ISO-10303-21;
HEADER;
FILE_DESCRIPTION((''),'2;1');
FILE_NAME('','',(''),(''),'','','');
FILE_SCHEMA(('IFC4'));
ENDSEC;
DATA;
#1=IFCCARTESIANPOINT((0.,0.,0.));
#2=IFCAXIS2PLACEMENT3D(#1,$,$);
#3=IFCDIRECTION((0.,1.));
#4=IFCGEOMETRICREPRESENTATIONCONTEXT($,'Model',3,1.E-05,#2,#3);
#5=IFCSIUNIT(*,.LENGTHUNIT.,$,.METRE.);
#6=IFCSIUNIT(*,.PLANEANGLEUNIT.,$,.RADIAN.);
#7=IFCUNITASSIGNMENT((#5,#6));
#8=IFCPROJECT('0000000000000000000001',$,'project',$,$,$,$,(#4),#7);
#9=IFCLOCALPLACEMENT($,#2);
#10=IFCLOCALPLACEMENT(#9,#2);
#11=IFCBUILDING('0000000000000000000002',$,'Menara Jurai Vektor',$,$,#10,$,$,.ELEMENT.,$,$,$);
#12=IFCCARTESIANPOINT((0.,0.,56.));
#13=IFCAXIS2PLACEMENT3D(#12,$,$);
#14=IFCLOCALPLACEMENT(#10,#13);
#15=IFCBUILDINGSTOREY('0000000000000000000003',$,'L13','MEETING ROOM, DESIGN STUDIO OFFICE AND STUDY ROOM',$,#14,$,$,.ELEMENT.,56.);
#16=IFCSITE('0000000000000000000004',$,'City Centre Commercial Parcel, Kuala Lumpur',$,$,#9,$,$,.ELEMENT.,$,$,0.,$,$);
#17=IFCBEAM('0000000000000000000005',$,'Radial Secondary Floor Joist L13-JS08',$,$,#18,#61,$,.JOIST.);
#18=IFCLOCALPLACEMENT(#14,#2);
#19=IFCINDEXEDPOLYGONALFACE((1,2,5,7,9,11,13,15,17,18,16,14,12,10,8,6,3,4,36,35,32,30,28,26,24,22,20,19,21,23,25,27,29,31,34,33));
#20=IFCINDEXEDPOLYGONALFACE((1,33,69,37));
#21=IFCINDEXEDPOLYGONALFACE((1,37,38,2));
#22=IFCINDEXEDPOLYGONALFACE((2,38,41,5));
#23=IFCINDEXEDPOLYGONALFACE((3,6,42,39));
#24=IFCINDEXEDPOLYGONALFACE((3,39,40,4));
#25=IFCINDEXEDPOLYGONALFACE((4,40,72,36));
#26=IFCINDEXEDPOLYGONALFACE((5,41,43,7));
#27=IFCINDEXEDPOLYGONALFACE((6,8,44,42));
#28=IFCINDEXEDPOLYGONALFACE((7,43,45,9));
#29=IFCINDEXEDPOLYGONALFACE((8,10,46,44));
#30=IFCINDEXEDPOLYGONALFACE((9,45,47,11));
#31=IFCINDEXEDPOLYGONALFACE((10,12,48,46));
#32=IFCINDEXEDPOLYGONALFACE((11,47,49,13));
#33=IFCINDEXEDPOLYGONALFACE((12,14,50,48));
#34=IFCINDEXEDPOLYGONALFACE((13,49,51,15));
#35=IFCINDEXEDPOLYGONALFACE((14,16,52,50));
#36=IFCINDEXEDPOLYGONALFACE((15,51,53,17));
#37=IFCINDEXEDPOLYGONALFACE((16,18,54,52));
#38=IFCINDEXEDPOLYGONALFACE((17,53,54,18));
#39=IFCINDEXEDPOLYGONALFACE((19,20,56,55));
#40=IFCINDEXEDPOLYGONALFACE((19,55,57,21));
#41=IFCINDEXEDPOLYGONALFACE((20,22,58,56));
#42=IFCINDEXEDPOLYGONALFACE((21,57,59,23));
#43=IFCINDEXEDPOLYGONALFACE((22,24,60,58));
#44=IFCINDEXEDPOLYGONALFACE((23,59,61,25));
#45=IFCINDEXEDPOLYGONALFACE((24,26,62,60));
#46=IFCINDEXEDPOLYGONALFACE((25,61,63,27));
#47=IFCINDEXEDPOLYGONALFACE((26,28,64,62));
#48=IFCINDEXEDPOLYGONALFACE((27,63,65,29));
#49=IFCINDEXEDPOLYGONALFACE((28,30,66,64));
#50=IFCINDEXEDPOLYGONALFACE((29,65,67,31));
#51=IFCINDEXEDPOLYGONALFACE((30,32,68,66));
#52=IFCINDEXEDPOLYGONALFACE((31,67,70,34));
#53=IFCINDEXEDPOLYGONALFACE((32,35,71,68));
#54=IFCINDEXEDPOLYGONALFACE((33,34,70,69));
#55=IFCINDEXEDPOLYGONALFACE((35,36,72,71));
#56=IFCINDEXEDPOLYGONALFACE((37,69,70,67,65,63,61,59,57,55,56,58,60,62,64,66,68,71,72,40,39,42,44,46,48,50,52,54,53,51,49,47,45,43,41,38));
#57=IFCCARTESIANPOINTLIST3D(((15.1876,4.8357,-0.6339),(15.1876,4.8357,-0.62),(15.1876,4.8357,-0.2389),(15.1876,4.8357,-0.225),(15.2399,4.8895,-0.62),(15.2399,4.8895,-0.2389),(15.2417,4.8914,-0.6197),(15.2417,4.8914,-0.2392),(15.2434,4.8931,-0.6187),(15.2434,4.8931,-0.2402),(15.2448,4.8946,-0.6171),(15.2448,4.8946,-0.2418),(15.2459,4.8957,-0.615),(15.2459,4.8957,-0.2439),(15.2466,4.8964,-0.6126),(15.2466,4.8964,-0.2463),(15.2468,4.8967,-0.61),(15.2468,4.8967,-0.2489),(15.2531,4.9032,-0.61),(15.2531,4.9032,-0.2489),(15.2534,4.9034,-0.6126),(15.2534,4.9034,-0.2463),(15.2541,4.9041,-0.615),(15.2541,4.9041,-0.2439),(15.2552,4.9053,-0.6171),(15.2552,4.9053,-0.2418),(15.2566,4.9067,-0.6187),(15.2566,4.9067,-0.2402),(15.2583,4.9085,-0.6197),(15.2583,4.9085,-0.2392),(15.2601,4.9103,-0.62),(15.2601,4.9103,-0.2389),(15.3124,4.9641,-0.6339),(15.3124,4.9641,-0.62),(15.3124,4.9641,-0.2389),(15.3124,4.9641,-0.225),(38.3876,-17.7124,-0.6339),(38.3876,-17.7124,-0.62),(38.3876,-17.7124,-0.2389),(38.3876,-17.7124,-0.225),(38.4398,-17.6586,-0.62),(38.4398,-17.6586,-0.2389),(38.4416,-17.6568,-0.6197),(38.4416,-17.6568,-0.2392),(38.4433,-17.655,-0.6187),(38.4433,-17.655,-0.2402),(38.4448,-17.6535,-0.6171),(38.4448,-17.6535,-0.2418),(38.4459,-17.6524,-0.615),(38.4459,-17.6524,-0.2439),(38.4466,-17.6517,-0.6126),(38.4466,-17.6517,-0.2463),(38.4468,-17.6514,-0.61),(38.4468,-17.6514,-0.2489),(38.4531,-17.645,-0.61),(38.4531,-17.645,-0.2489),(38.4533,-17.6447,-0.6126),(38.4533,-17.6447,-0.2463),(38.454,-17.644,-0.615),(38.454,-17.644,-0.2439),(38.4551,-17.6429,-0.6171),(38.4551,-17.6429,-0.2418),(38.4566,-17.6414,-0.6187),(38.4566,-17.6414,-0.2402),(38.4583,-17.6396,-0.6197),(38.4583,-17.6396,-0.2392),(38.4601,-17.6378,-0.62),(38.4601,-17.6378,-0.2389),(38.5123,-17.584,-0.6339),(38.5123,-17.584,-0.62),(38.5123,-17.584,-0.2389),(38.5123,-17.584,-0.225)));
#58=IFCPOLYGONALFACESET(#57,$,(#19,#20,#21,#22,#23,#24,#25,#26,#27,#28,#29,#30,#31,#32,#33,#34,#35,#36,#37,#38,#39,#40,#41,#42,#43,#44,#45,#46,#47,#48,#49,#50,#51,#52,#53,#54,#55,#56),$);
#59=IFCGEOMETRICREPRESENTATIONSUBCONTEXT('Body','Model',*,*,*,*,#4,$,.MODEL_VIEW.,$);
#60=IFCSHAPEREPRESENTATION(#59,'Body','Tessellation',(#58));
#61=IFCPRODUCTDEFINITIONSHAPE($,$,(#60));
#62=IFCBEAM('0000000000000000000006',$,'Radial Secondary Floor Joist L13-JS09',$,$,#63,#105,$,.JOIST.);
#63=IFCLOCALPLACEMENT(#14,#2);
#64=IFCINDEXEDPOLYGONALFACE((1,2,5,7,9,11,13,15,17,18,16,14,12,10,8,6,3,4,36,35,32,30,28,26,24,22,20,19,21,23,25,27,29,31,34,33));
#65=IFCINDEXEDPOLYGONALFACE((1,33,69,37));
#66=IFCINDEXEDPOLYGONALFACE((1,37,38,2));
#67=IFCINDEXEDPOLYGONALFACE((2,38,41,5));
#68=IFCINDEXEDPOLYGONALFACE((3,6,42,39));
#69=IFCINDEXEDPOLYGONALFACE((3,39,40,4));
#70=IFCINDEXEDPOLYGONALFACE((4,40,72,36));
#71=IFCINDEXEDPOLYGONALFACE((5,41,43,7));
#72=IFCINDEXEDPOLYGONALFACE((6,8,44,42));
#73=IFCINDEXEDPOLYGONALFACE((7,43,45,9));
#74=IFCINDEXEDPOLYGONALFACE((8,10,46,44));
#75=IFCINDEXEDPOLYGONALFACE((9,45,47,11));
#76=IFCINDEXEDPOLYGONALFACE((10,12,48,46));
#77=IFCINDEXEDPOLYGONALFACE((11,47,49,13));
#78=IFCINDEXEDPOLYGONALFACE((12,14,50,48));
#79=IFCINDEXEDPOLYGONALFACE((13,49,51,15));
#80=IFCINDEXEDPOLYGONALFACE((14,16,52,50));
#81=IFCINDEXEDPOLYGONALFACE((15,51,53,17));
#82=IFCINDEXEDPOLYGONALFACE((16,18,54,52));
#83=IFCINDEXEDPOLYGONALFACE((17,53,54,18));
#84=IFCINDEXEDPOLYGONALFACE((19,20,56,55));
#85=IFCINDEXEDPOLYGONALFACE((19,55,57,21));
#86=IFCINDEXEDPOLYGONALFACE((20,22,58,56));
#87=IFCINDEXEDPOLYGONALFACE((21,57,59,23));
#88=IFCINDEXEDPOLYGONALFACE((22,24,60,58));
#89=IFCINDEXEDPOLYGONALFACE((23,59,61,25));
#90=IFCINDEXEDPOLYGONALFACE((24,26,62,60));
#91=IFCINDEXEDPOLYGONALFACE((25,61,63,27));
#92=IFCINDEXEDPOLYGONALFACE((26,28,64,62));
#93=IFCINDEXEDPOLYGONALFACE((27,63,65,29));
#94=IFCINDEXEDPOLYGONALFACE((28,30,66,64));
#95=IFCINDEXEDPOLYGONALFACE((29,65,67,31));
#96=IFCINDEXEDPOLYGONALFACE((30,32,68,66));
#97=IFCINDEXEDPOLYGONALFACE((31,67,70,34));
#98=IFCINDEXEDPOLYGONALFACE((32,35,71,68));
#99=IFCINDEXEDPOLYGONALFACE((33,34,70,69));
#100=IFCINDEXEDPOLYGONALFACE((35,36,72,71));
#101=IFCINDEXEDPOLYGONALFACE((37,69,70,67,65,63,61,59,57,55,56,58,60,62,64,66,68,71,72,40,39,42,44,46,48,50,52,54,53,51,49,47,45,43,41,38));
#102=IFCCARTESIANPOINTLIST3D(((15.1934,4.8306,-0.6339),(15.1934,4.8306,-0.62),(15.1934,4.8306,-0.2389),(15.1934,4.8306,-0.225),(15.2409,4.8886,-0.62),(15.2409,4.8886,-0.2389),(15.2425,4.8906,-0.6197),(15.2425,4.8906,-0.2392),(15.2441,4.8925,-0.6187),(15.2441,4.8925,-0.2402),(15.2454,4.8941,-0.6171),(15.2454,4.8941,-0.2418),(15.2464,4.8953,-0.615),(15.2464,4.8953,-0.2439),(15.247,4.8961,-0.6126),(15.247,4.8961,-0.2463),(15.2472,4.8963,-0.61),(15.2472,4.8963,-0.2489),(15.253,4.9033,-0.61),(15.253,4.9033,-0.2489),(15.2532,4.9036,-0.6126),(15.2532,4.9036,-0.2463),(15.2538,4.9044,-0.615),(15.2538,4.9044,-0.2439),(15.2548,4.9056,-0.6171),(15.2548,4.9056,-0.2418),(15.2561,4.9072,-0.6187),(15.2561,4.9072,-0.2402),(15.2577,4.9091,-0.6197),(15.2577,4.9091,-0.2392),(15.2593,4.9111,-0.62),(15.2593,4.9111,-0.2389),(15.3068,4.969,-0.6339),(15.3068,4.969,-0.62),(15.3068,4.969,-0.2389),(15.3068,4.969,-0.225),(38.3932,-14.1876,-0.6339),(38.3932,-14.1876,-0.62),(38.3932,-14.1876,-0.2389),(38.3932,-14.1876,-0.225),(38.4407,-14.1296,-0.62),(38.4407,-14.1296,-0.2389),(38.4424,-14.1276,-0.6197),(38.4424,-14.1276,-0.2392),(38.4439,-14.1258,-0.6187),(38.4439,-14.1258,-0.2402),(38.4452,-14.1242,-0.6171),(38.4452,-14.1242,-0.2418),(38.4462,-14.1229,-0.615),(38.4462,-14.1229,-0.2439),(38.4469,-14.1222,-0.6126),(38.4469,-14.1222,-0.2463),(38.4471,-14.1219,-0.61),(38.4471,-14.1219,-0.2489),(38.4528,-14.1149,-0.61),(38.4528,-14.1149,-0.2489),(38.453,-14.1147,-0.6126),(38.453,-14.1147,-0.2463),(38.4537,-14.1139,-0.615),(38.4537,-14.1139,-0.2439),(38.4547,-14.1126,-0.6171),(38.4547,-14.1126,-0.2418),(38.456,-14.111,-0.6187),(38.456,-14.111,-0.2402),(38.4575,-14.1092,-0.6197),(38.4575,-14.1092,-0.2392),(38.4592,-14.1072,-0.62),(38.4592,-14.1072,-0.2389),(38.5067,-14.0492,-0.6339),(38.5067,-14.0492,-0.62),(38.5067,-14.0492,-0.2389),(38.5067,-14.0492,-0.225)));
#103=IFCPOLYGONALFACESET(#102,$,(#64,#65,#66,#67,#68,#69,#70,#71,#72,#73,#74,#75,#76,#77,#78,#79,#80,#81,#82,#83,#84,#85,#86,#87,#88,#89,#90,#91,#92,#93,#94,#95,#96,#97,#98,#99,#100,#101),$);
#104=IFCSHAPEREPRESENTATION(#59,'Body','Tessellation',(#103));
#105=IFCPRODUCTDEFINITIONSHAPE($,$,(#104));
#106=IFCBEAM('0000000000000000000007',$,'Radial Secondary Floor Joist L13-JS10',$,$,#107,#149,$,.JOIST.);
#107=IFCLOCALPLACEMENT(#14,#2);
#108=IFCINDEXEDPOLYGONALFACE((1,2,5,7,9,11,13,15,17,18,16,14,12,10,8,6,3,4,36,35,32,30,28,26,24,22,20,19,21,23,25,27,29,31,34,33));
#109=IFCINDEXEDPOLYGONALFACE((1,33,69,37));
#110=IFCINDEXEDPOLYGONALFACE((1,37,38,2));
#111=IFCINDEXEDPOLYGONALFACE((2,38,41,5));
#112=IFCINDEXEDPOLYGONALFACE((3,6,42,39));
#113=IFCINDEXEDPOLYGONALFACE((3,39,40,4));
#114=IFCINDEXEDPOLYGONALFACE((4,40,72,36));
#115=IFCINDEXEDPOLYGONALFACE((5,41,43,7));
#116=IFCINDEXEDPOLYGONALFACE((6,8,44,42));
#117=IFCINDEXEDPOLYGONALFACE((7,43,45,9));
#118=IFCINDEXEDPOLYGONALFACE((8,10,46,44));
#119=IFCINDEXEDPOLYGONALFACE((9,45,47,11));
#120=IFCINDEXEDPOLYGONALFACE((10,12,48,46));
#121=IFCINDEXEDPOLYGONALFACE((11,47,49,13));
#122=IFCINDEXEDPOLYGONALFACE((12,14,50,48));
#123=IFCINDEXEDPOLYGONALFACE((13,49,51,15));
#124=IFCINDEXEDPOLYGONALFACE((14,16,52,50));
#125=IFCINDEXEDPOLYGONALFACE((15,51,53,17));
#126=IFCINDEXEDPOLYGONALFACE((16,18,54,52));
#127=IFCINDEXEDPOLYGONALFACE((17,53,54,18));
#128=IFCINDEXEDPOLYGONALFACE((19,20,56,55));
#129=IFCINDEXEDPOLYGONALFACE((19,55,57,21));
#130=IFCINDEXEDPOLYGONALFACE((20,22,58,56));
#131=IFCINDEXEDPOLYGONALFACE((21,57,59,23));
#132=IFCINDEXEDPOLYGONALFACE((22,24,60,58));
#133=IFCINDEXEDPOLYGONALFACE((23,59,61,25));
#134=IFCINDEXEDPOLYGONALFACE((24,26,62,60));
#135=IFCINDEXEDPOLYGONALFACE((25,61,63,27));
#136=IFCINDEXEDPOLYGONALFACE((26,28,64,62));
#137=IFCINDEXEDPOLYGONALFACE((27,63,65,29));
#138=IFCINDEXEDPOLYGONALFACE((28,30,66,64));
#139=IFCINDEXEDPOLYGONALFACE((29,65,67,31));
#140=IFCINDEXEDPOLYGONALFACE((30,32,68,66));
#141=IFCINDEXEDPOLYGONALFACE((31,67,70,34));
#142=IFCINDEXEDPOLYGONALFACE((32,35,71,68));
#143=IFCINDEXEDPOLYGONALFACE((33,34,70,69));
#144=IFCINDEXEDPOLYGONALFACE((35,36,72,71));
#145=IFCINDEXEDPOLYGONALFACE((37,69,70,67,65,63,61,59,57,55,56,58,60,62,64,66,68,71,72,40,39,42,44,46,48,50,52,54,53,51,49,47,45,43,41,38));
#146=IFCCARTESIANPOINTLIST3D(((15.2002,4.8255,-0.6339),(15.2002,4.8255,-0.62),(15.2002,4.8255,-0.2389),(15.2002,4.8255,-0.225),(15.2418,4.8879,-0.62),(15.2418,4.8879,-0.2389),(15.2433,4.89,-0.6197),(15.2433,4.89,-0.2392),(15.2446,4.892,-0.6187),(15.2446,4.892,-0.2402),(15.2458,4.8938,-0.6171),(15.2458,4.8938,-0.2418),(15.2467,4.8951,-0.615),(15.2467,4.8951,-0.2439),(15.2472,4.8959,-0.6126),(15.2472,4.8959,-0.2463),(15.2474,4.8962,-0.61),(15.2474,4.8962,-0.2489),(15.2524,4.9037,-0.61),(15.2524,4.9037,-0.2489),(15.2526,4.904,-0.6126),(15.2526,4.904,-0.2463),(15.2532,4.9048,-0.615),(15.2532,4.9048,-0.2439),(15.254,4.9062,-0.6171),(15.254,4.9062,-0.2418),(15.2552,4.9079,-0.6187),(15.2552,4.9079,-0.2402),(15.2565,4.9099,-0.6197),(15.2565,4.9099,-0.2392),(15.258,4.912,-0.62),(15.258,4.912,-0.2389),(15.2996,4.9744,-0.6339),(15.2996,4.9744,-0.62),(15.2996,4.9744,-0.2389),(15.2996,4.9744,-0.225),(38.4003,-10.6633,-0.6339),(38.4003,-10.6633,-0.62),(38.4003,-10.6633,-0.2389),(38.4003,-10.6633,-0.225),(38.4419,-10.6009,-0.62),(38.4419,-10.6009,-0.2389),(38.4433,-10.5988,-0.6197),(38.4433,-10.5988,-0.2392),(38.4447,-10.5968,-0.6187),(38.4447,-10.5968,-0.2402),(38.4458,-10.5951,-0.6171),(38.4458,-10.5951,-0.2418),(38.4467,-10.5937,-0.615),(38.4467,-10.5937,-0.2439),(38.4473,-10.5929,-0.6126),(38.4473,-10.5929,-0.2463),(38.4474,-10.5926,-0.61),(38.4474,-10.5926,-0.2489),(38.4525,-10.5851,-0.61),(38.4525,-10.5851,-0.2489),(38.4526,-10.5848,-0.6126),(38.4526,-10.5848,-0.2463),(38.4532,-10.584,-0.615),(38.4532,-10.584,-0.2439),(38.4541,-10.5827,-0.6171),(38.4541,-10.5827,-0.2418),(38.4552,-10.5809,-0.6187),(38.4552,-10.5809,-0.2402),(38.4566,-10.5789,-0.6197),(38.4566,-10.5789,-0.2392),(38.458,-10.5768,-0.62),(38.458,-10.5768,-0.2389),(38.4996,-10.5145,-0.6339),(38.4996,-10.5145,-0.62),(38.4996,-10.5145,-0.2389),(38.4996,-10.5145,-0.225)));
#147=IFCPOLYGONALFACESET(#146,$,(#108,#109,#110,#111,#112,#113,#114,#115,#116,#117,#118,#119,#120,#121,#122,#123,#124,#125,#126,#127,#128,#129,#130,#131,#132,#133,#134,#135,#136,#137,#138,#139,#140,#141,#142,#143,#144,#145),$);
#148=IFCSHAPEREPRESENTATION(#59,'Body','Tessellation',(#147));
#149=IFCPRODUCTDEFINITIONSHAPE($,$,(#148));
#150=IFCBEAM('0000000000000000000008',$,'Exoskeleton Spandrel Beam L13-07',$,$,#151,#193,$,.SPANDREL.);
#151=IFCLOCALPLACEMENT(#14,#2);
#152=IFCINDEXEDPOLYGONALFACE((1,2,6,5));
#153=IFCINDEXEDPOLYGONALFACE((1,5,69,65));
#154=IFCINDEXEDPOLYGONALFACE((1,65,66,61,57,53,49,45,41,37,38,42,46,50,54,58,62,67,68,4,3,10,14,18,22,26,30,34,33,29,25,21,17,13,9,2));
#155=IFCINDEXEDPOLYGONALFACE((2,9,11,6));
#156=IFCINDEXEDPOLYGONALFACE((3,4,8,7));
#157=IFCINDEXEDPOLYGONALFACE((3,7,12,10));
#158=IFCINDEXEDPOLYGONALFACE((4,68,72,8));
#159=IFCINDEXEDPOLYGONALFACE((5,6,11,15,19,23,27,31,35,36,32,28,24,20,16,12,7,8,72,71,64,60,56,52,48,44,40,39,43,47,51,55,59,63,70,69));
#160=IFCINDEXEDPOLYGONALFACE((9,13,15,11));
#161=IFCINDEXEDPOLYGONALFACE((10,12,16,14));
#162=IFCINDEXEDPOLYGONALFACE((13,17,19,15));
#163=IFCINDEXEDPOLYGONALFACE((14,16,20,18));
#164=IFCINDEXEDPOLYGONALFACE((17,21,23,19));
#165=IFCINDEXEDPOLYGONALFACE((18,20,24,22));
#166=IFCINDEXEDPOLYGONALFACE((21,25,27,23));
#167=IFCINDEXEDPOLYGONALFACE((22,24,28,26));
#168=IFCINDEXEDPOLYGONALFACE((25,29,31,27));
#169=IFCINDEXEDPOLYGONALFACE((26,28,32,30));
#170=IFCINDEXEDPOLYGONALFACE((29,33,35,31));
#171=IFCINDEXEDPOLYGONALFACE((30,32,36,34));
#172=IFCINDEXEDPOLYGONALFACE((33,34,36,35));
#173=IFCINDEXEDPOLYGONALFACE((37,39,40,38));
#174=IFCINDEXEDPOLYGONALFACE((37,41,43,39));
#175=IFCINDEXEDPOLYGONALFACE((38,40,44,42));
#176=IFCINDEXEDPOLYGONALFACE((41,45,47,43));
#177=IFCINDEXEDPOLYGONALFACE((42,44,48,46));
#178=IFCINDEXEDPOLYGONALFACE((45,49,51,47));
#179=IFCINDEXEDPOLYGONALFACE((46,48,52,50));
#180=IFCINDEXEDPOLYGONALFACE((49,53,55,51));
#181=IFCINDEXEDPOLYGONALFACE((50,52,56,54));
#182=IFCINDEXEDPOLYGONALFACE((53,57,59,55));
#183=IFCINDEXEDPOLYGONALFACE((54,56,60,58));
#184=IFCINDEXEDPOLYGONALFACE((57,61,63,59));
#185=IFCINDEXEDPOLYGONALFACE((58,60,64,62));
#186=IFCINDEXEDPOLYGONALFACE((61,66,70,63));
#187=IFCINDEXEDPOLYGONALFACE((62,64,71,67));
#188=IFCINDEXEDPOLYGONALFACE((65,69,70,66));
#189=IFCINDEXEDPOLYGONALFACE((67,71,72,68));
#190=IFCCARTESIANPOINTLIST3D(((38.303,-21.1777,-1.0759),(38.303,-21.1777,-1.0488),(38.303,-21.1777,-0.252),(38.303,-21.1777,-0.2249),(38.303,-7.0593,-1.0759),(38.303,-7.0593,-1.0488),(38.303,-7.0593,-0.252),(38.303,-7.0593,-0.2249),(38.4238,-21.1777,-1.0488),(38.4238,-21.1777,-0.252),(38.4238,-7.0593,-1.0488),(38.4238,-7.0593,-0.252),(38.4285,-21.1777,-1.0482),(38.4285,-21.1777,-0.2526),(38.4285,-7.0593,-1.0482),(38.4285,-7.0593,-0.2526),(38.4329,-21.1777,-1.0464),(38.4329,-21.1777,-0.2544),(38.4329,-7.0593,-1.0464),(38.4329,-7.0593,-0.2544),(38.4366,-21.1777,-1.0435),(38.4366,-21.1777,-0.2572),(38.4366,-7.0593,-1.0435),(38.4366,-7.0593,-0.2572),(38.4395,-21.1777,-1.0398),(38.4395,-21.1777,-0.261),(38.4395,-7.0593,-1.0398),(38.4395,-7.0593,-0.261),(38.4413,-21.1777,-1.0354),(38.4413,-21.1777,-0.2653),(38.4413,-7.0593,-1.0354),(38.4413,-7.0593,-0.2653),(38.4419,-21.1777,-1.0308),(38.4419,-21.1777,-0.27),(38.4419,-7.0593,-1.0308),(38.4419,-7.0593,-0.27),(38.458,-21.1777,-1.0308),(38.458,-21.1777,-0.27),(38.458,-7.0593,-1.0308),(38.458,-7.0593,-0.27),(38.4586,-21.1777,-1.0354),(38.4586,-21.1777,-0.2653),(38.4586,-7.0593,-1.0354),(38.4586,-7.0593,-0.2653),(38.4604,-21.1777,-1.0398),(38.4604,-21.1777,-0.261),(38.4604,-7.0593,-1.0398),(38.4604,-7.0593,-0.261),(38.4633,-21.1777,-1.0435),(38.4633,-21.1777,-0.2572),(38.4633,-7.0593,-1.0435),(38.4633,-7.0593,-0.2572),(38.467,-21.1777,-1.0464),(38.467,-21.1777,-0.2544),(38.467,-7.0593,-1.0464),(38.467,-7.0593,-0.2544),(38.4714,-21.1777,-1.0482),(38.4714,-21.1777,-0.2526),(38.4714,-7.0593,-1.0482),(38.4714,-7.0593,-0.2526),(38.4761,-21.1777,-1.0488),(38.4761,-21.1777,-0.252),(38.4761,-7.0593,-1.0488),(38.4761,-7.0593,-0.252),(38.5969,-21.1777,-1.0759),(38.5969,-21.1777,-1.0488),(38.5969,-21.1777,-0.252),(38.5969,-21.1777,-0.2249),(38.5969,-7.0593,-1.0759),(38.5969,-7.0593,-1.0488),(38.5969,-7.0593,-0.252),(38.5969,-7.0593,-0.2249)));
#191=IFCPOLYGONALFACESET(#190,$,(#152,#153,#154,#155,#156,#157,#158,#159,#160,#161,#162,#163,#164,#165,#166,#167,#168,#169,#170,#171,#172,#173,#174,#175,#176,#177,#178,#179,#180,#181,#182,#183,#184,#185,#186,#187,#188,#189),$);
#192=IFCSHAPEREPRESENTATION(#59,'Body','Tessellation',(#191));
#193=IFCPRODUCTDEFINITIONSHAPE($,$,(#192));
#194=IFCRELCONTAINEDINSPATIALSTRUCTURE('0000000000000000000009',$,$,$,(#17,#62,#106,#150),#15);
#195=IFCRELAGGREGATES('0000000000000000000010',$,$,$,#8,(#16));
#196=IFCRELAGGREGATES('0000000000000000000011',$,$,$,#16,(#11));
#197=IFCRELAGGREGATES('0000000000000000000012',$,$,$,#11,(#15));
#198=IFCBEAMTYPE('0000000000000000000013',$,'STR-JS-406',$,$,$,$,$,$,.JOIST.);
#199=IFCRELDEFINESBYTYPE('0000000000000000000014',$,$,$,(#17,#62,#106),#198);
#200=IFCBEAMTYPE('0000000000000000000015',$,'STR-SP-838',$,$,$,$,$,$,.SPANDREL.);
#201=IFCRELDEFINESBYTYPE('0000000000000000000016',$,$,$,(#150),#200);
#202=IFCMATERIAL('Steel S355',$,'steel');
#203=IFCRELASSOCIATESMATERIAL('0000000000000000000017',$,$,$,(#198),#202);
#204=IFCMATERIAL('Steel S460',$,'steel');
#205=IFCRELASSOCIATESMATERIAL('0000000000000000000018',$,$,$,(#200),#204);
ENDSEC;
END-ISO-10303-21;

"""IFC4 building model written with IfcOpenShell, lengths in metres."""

from ifc_helpers import new_model, si_unit, direction, frame, origin, origin_2d, place, context, subcontext, project, spatial, i_section, extrude, material, material_profile, profile_set, type_object, element, save


model = new_model("IFC4")

# Units and contexts
model_context = context("Model", 3, precision=1e-05, world=origin(), true_north=direction((0.0, 1.0)))
body_context = subcontext(model_context, "Body", "Model", "MODEL_VIEW")
ifc_project = project(units=[si_unit("LENGTHUNIT", "METRE"), si_unit("PLANEANGLEUNIT", "RADIAN")], contexts=[model_context])

# Site, building, storey
site_placement = place(None, origin())
site = spatial("IfcSite", under=ifc_project, at=site_placement, Name="City Centre Commercial Parcel, Kuala Lumpur", CompositionType="ELEMENT", RefElevation=0.0)
building_placement = place(site_placement, origin())
building = spatial("IfcBuilding", under=site, at=building_placement, Name="Menara Jurai Vektor", CompositionType="ELEMENT")
storey_placement = place(building_placement, frame((0.0, 0.0, 56.0)))
storey = spatial("IfcBuildingStorey", under=building, at=storey_placement, Name="L13", Description="MEETING ROOM, DESIGN STUDIO OFFICE AND STUDY ROOM", CompositionType="ELEMENT", Elevation=56.0)

# Shared definitions
ifc_material_1 = material(Name="Steel S460", Category="steel")

# Beams
ifc_material_2 = material(Name="Steel S355", Category="steel")
ifc_material_profile_1 = material_profile(ifc_material_2, i_section(OverallWidth=0.179, OverallDepth=0.4089, WebThickness=0.009, FlangeThickness=0.0139, FilletRadius=0.01, at=origin_2d()), Name="UKB 406x178x67")
ifc_profile_set_1 = profile_set([ifc_material_profile_1], Name="Steel S355")
beam_type_1 = type_object("IfcBeamType", Name="STR-JS-406", PredefinedType="JOIST", material=ifc_profile_set_1)
beam_1_placement = place(storey_placement, frame((38.45, -17.6482, -0.4294), z_axis=(-0.717109, 0.696961, 0.0), x_axis=(-0.696961, -0.717109, 0.0)))
element("IfcBeam", 1, at=beam_1_placement, inside=storey, type_object=beam_type_1, Name="Radial Secondary Floor Joist L13-JS08", PredefinedType="JOIST", context=body_context, shape_type="SweptSolid", body=[
    extrude(i_section(OverallWidth=0.179, OverallDepth=0.4089, WebThickness=0.009, FlangeThickness=0.0139, FilletRadius=0.01, at=origin_2d()), origin(), (0.0, 0.0, 1.0), 32.3521),
])
beam_2_placement = place(storey_placement, frame((38.45, -14.1184, -0.4294), z_axis=(-0.77336, 0.633967, 0.0), x_axis=(-0.633967, -0.77336, 0.0)))
element("IfcBeam", 2, at=beam_2_placement, inside=storey, type_object=beam_type_1, Name="Radial Secondary Floor Joist L13-JS09", PredefinedType="JOIST", context=body_context, shape_type="SweptSolid", body=[
    extrude(i_section(OverallWidth=0.179, OverallDepth=0.4089, WebThickness=0.009, FlangeThickness=0.0139, FilletRadius=0.01, at=origin_2d()), origin(), (0.0, 0.0, 1.0), 29.9988),
])
beam_3_placement = place(storey_placement, frame((38.45, -10.5889, -0.4294), z_axis=(-0.831684, 0.555249, 0.0), x_axis=(-0.555249, -0.831684, 0.0)))
element("IfcBeam", 3, at=beam_3_placement, inside=storey, type_object=beam_type_1, Name="Radial Secondary Floor Joist L13-JS10", PredefinedType="JOIST", context=body_context, shape_type="SweptSolid", body=[
    extrude(i_section(OverallWidth=0.179, OverallDepth=0.4089, WebThickness=0.009, FlangeThickness=0.0139, FilletRadius=0.01, at=origin_2d()), origin(), (0.0, 0.0, 1.0), 27.8953),
])
ifc_material_profile_2 = material_profile(ifc_material_1, i_section(OverallWidth=0.2939, OverallDepth=0.8511, WebThickness=0.0161, FlangeThickness=0.0271, FilletRadius=0.0181, at=origin_2d()), Name="UKB 838x292x226")
ifc_profile_set_2 = profile_set([ifc_material_profile_2], Name="Steel S460")
beam_type_2 = type_object("IfcBeamType", Name="STR-SP-838", PredefinedType="SPANDREL", material=ifc_profile_set_2)
beam_4_placement = place(storey_placement, frame((38.45, -21.1777, -0.6504), z_axis=(0.0, 1.0, 0.0), x_axis=(-1.0, 0.0, 0.0)))
element("IfcBeam", 4, at=beam_4_placement, inside=storey, type_object=beam_type_2, Name="Exoskeleton Spandrel Beam L13-07", PredefinedType="SPANDREL", context=body_context, shape_type="SweptSolid", body=[
    extrude(i_section(OverallWidth=0.2939, OverallDepth=0.8511, WebThickness=0.0161, FlangeThickness=0.0271, FilletRadius=0.0181, at=origin_2d()), origin(), (0.0, 0.0, 1.0), 14.1184),
])

save(model, "model.ifc")
